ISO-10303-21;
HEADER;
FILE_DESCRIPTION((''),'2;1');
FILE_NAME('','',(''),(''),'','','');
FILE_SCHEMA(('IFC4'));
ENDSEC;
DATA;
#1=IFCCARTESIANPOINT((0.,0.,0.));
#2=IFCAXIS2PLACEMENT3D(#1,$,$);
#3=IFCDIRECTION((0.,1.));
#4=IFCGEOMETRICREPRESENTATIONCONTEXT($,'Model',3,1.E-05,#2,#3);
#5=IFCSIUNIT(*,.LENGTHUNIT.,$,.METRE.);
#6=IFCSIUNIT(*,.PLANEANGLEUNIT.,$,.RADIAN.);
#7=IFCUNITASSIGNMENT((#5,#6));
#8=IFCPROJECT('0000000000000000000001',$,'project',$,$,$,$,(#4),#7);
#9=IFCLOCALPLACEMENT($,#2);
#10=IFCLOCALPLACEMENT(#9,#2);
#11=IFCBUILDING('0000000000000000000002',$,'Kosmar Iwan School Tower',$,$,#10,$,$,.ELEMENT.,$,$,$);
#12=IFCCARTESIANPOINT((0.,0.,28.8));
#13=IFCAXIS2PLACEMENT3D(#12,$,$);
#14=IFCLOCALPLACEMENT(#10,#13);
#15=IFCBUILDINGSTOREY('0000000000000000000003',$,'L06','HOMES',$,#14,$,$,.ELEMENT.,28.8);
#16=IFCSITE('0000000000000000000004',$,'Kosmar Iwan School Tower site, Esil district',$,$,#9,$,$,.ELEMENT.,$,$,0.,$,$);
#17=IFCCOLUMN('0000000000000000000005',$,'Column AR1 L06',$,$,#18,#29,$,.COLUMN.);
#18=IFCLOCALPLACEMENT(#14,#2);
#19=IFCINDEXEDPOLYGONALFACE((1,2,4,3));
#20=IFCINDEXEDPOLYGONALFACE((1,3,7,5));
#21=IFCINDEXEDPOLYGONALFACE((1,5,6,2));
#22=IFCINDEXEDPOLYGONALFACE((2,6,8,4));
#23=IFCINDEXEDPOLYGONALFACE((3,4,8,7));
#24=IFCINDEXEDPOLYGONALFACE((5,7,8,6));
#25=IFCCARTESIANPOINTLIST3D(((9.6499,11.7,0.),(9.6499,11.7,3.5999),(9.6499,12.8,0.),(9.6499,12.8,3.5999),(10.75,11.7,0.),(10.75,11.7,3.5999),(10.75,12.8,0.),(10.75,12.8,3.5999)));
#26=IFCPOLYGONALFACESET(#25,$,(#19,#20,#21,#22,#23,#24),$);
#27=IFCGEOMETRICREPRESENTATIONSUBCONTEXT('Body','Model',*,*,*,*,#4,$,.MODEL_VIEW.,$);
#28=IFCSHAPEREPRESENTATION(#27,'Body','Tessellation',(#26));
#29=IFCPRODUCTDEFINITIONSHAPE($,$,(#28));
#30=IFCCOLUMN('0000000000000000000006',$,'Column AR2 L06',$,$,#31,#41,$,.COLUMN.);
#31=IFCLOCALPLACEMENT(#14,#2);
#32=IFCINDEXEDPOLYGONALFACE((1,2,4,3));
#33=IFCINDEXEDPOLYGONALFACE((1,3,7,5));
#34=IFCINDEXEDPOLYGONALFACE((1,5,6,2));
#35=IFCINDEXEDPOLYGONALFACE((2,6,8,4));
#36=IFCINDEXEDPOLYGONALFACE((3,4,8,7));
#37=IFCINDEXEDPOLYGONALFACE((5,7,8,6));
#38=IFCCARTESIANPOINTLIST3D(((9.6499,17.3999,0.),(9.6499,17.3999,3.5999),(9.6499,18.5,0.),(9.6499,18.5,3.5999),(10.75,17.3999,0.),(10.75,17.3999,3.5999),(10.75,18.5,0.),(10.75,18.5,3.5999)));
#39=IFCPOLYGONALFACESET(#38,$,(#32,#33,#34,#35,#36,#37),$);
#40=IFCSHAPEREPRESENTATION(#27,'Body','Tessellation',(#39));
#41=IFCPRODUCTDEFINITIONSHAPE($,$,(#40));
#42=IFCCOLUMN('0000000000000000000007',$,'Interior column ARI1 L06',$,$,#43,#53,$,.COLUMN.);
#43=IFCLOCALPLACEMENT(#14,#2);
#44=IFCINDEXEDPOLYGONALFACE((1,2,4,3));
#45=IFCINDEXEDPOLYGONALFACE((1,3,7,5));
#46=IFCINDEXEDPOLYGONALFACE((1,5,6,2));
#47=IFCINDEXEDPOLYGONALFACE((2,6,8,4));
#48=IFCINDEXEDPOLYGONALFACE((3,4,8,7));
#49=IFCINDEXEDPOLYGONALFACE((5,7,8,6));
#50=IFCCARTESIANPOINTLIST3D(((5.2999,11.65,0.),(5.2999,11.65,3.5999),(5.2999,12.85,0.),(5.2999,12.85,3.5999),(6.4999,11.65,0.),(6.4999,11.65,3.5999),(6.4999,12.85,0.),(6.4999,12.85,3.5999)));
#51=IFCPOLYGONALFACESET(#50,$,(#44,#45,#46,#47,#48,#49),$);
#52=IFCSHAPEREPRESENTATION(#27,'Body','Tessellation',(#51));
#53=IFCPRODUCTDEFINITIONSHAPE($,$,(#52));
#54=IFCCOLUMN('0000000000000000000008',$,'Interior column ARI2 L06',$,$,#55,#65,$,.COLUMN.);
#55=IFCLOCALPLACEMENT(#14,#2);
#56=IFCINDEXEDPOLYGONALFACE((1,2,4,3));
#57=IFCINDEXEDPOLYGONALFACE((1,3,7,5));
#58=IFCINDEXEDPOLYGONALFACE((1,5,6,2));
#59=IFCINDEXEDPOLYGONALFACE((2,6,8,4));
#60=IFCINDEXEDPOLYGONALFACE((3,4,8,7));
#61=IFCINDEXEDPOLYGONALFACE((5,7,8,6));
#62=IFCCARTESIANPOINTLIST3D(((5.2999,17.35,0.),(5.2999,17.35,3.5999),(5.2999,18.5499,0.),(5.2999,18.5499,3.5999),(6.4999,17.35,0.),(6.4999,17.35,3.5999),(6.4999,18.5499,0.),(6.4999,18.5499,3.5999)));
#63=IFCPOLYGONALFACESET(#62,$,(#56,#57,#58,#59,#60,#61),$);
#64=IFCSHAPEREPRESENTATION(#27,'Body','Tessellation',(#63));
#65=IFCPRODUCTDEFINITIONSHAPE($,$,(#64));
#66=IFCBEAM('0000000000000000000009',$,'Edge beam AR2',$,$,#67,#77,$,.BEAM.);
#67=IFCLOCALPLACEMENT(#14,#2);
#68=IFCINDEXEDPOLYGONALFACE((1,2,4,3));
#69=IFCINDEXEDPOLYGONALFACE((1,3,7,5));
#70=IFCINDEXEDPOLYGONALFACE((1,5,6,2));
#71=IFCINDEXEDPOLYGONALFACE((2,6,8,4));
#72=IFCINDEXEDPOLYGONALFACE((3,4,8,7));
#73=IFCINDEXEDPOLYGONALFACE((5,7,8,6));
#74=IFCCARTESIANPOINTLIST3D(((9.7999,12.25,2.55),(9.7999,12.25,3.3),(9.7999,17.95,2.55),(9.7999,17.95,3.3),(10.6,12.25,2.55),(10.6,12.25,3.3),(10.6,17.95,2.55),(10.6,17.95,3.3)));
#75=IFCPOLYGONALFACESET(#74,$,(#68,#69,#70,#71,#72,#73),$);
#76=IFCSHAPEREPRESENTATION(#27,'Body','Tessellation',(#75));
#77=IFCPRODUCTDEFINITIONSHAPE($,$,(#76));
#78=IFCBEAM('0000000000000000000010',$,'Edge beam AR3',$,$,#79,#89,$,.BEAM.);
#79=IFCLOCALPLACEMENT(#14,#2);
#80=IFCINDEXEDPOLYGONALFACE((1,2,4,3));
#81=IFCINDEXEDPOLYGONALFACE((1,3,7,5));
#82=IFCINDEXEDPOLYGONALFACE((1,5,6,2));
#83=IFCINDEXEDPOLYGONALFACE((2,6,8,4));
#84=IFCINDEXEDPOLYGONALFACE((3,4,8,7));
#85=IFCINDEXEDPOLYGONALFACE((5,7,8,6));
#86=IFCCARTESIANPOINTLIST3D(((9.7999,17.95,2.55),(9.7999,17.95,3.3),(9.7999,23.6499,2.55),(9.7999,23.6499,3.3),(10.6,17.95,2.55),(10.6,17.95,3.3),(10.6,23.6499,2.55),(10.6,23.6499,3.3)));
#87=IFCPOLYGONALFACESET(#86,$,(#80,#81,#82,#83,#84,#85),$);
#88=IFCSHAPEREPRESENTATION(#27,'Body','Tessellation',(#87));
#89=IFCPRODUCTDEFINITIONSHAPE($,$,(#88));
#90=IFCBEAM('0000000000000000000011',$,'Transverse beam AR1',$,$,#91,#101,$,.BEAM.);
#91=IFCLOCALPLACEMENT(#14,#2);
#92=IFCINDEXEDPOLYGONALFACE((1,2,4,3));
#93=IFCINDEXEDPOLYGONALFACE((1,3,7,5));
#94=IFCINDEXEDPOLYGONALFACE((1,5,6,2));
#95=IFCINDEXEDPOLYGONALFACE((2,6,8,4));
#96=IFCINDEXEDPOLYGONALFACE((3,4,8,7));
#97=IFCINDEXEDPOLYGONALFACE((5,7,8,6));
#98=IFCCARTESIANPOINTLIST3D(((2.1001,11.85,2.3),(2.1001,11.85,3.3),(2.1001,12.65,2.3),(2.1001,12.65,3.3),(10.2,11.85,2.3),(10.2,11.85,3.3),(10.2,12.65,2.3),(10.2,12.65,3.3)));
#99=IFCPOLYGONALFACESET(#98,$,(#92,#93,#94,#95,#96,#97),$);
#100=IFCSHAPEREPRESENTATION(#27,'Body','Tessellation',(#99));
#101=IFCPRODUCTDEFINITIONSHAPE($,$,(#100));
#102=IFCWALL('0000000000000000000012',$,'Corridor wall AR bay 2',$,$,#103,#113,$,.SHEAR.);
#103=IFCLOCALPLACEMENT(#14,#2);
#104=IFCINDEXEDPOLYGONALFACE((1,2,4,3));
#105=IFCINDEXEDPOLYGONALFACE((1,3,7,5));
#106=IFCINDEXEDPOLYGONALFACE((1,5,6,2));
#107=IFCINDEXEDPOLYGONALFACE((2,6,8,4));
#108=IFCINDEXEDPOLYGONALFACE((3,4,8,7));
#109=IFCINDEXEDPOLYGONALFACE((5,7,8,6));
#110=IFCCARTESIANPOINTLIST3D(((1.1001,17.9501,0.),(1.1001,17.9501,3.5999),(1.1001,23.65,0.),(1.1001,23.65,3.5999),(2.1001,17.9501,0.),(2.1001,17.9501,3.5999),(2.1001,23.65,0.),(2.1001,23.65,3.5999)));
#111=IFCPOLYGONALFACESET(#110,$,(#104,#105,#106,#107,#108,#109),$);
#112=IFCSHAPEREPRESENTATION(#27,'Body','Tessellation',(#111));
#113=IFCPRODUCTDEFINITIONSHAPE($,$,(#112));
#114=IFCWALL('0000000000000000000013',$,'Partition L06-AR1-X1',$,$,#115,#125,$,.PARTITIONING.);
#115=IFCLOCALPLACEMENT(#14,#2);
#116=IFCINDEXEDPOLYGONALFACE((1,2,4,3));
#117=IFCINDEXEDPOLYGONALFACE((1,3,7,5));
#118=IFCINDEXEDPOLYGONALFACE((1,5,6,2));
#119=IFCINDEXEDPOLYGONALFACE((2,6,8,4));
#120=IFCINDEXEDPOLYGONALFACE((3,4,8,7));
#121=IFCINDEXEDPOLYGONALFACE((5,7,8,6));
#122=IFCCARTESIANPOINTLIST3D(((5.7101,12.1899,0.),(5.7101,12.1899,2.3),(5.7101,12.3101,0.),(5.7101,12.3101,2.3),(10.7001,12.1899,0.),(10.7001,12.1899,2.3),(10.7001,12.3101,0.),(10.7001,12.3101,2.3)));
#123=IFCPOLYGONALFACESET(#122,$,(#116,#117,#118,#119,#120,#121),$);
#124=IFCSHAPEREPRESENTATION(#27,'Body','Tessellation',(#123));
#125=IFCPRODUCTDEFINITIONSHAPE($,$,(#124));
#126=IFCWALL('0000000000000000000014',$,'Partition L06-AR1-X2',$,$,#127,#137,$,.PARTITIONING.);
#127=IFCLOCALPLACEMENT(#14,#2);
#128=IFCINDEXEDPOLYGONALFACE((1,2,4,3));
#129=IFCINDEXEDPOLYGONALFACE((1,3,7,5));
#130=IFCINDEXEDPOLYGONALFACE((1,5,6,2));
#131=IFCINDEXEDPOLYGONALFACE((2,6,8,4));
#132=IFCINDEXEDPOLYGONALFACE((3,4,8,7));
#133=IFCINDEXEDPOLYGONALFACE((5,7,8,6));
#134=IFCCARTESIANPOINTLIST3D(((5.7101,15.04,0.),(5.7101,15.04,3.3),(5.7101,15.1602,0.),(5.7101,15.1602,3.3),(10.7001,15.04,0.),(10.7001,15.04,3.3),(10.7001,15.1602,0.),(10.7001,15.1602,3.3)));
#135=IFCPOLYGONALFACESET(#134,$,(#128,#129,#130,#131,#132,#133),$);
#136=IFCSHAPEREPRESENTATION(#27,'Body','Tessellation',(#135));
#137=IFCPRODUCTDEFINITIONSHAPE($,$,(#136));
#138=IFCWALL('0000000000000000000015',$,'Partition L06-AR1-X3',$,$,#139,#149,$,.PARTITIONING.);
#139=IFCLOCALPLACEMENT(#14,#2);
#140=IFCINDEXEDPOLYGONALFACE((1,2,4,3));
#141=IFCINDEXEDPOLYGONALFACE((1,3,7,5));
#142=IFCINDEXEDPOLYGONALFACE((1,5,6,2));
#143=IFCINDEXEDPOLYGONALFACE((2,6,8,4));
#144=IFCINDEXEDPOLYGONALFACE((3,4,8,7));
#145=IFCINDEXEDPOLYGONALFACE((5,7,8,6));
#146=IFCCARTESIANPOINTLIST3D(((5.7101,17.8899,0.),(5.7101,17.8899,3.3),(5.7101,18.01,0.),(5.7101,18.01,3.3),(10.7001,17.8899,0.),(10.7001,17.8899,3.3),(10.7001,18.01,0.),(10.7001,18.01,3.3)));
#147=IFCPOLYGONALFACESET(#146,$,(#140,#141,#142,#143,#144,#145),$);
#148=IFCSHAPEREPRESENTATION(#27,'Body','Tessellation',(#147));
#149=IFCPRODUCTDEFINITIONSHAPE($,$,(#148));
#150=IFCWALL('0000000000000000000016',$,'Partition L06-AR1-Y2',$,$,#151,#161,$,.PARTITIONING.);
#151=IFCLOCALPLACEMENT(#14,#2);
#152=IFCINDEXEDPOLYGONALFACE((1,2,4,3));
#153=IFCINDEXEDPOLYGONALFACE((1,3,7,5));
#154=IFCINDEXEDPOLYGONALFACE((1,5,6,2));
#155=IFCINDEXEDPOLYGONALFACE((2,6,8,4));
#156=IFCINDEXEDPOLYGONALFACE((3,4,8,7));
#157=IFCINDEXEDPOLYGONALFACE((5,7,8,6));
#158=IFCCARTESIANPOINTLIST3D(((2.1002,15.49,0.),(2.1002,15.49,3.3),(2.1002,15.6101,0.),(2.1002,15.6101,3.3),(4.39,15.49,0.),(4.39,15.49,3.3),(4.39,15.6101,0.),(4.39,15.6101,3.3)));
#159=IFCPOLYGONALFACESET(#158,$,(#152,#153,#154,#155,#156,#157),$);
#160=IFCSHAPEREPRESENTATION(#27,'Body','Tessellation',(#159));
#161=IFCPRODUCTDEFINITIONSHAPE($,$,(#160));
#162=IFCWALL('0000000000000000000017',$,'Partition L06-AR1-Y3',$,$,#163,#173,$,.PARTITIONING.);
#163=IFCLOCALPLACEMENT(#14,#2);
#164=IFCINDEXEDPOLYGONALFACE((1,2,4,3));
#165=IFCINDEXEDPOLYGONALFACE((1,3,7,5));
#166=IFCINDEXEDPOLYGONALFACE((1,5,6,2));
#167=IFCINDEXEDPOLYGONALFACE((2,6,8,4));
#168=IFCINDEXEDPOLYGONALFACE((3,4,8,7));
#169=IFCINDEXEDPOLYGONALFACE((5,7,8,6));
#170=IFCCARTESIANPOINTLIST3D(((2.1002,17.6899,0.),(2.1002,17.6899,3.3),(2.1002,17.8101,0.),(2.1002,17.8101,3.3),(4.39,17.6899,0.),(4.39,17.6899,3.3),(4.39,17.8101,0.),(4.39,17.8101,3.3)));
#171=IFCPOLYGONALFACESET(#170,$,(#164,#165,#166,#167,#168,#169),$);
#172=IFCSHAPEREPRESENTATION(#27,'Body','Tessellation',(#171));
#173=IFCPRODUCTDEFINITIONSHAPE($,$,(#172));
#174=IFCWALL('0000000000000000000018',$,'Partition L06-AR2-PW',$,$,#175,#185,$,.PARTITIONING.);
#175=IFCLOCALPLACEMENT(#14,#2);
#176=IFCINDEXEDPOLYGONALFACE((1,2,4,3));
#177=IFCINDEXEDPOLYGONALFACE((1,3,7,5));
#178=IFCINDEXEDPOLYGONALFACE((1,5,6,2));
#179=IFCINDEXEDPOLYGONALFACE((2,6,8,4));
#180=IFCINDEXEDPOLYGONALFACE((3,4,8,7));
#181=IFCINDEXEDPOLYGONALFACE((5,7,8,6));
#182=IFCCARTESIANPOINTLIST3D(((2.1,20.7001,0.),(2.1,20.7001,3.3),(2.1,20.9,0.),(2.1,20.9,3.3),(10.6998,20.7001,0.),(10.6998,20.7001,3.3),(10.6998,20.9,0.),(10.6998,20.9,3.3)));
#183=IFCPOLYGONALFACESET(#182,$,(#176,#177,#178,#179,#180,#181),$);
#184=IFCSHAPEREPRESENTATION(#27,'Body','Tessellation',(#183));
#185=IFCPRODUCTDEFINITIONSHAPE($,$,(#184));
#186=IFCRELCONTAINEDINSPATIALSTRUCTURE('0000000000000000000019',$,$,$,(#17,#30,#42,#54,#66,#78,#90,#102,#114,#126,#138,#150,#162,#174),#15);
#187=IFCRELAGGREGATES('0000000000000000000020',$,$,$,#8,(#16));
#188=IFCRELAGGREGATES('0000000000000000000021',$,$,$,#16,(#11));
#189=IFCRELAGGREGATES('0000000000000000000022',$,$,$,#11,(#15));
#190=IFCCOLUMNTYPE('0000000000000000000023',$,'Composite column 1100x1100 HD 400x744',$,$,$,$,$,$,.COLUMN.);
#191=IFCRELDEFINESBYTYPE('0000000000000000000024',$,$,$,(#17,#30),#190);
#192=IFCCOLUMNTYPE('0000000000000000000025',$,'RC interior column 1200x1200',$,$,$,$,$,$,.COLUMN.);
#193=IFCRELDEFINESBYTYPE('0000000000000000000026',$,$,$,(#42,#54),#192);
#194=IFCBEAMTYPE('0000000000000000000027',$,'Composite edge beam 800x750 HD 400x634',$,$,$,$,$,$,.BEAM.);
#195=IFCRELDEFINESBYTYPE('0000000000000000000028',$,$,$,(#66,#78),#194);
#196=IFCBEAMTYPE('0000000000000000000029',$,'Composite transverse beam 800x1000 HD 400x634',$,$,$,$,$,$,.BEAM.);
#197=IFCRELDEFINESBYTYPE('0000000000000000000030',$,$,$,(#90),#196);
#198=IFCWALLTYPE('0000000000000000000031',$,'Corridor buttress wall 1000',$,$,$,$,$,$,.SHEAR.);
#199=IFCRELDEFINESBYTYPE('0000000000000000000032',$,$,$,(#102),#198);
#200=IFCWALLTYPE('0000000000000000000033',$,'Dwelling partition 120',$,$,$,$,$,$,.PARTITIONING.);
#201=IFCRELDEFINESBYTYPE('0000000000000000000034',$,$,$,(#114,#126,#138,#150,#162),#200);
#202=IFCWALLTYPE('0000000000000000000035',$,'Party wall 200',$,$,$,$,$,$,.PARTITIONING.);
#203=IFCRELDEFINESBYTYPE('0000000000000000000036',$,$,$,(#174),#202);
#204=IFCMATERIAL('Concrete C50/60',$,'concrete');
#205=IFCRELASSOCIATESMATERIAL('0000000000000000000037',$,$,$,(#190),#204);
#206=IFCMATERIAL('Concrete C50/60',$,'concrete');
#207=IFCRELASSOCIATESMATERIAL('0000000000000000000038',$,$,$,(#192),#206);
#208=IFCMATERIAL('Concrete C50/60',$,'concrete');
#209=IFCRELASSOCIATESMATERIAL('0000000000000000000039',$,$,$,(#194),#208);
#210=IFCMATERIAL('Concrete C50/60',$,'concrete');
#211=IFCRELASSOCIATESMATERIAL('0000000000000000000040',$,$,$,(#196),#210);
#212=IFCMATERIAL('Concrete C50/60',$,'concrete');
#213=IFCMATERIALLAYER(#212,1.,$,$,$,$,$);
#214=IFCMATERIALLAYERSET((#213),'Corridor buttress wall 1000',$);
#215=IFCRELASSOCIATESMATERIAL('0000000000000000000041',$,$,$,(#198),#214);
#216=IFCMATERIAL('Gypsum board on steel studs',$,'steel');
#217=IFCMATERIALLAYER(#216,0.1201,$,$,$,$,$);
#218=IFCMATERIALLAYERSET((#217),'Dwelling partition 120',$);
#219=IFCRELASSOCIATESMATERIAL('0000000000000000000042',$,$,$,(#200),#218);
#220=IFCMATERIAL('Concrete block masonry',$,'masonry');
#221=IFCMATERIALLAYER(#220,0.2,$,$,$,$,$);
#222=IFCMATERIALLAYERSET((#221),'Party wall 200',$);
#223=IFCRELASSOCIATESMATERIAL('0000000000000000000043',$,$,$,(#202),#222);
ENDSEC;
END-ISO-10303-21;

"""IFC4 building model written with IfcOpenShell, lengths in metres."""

from ifc_helpers import new_model, si_unit, direction, frame, frame_2d, origin, origin_2d, place, context, subcontext, project, spatial, rectangle, extrude, material, layer, layer_set, material_profile, profile_set, type_object, element, save


model = new_model("IFC4")

# Units and contexts
model_context = context("Model", 3, precision=1e-05, world=origin(), true_north=direction((0.0, 1.0)))
body_context = subcontext(model_context, "Body", "Model", "MODEL_VIEW")
ifc_project = project(units=[si_unit("LENGTHUNIT", "METRE"), si_unit("PLANEANGLEUNIT", "RADIAN")], contexts=[model_context])

# Site, building, storey
site_placement = place(None, origin())
site = spatial("IfcSite", under=ifc_project, at=site_placement, Name="Kosmar Iwan School Tower site, Esil district", CompositionType="ELEMENT", RefElevation=0.0)
building_placement = place(site_placement, origin())
building = spatial("IfcBuilding", under=site, at=building_placement, Name="Kosmar Iwan School Tower", CompositionType="ELEMENT")
storey_placement = place(building_placement, frame((0.0, 0.0, 28.8)))
storey = spatial("IfcBuildingStorey", under=building, at=storey_placement, Name="L06", Description="HOMES", CompositionType="ELEMENT", Elevation=28.8)

# Columns
ifc_material_1 = material(Name="Concrete C50/60", Category="concrete")
ifc_material_profile_1 = material_profile(ifc_material_1, rectangle(XDim=1.1001, YDim=1.1001, at=origin_2d()), Name="RC 1100x1100 + HD 400x744")
ifc_profile_set_1 = profile_set([ifc_material_profile_1], Name="Concrete C50/60")
column_type_1 = type_object("IfcColumnType", Name="Composite column 1100x1100 HD 400x744", PredefinedType="COLUMN", material=ifc_profile_set_1)
for number, where, z_axis, x_axis, name in (
    (1, (10.2, 12.25, 0.0), (0.0, 0.0, 1.0), (0.0, 1.0, 0.0), "Column AR1 L06"),
    (2, (10.2, 17.95, 0.0), (0.0, 0.0, 1.0), (0.0, 1.0, 0.0), "Column AR2 L06"),
):
    element("IfcColumn", number, at=place(storey_placement, frame(where, z_axis=z_axis, x_axis=x_axis)), inside=storey, type_object=column_type_1, Name=name, PredefinedType="COLUMN", context=body_context, shape_type="SweptSolid", body=[
        extrude(rectangle(XDim=1.1001, YDim=1.1001, at=origin_2d()), origin(), (0.0, 0.0, 1.0), 3.5999),
    ])
ifc_material_2 = material(Name="Concrete C50/60", Category="concrete")
ifc_material_profile_2 = material_profile(ifc_material_2, rectangle(XDim=1.2, YDim=1.2, at=origin_2d()), Name="RC 1200x1200")
ifc_profile_set_2 = profile_set([ifc_material_profile_2], Name="Concrete C50/60")
column_type_2 = type_object("IfcColumnType", Name="RC interior column 1200x1200", PredefinedType="COLUMN", material=ifc_profile_set_2)
for number, where, z_axis, x_axis, name in (
    (3, (5.8999, 12.25, 0.0), (0.0, 0.0, 1.0), (0.0, 1.0, 0.0), "Interior column ARI1 L06"),
    (4, (5.8999, 17.95, 0.0), (0.0, 0.0, 1.0), (0.0, 1.0, 0.0), "Interior column ARI2 L06"),
):
    element("IfcColumn", number, at=place(storey_placement, frame(where, z_axis=z_axis, x_axis=x_axis)), inside=storey, type_object=column_type_2, Name=name, PredefinedType="COLUMN", context=body_context, shape_type="SweptSolid", body=[
        extrude(rectangle(XDim=1.2, YDim=1.2, at=origin_2d()), origin(), (0.0, 0.0, 1.0), 3.5999),
    ])

# Beams
ifc_material_3 = material(Name="Concrete C50/60", Category="concrete")
ifc_material_profile_3 = material_profile(ifc_material_3, rectangle(XDim=0.8, YDim=0.75, at=origin_2d()), Name="RC 800x750 + HD 400x634")
ifc_profile_set_3 = profile_set([ifc_material_profile_3], Name="Concrete C50/60")
beam_type_1 = type_object("IfcBeamType", Name="Composite edge beam 800x750 HD 400x634", PredefinedType="BEAM", material=ifc_profile_set_3)
for number, where, z_axis, x_axis, name in (
    (5, (10.2, 12.25, 2.925), (0.0, 1.0, 0.0), (-1.0, 0.0, 0.0), "Edge beam AR2"),
    (6, (10.2, 17.95, 2.925), (0.0, 1.0, 0.0), (-1.0, 0.0, 0.0), "Edge beam AR3"),
):
    element("IfcBeam", number, at=place(storey_placement, frame(where, z_axis=z_axis, x_axis=x_axis)), inside=storey, type_object=beam_type_1, Name=name, PredefinedType="BEAM", context=body_context, shape_type="SweptSolid", body=[
        extrude(rectangle(XDim=0.8, YDim=0.75, at=origin_2d()), origin(), (0.0, 0.0, 1.0), 5.7),
    ])
ifc_material_4 = material(Name="Concrete C50/60", Category="concrete")
ifc_material_profile_4 = material_profile(ifc_material_4, rectangle(XDim=0.8, YDim=1.0, at=origin_2d()), Name="RC 800x1000 + HD 400x634")
ifc_profile_set_4 = profile_set([ifc_material_profile_4], Name="Concrete C50/60")
beam_type_2 = type_object("IfcBeamType", Name="Composite transverse beam 800x1000 HD 400x634", PredefinedType="BEAM", material=ifc_profile_set_4)
beam_placement = place(storey_placement, frame((10.2, 12.25, 2.8), z_axis=(-1.0, 0.0, 0.0), x_axis=(0.0, -1.0, 0.0)))
element("IfcBeam", 7, at=beam_placement, inside=storey, type_object=beam_type_2, Name="Transverse beam AR1", PredefinedType="BEAM", context=body_context, shape_type="SweptSolid", body=[
    extrude(rectangle(XDim=0.8, YDim=1.0, at=origin_2d()), origin(), (0.0, 0.0, 1.0), 8.0999),
])

# Walls
ifc_material_5 = material(Name="Concrete C50/60", Category="concrete")
ifc_layer_1 = layer(ifc_material_5, 1.0)
ifc_layer_set_1 = layer_set([ifc_layer_1], Name="Corridor buttress wall 1000")
wall_type_1 = type_object("IfcWallType", Name="Corridor buttress wall 1000", PredefinedType="SHEAR", material=ifc_layer_set_1)
wall_1_placement = place(storey_placement, frame((1.6001, 17.95, 0.0), z_axis=(0.0, 0.0, 1.0), x_axis=(0.0, 1.0, 0.0)))
element("IfcWall", 8, at=wall_1_placement, inside=storey, type_object=wall_type_1, Name="Corridor wall AR bay 2", PredefinedType="SHEAR", context=body_context, shape_type="SweptSolid", body=[
    extrude(rectangle(XDim=5.7, YDim=1.0, at=frame_2d((2.8501, 0.0))), origin(), (0.0, 0.0, 1.0), 3.5999),
])
ifc_material_6 = material(Name="Gypsum board on steel studs", Category="steel")
ifc_layer_2 = layer(ifc_material_6, 0.1201)
ifc_layer_set_2 = layer_set([ifc_layer_2], Name="Dwelling partition 120")
wall_type_2 = type_object("IfcWallType", Name="Dwelling partition 120", PredefinedType="PARTITIONING", material=ifc_layer_set_2)
wall_2_placement = place(storey_placement, frame((5.71, 12.25, 0.0), z_axis=(0.0, 0.0, 1.0), x_axis=(1.0, 0.0, 0.0)))
element("IfcWall", 9, at=wall_2_placement, inside=storey, type_object=wall_type_2, Name="Partition L06-AR1-X1", PredefinedType="PARTITIONING", context=body_context, shape_type="SweptSolid", body=[
    extrude(rectangle(XDim=4.99, YDim=0.1201, at=frame_2d((2.4951, 0.0))), origin(), (0.0, 0.0, 1.0), 2.3),
])
for number, where, z_axis, x_axis, name in (
    (10, (5.71, 15.1001, 0.0), (0.0, 0.0, 1.0), (1.0, 0.0, 0.0), "Partition L06-AR1-X2"),
    (11, (5.71, 17.95, 0.0), (0.0, 0.0, 1.0), (1.0, 0.0, 0.0), "Partition L06-AR1-X3"),
):
    element("IfcWall", number, at=place(storey_placement, frame(where, z_axis=z_axis, x_axis=x_axis)), inside=storey, type_object=wall_type_2, Name=name, PredefinedType="PARTITIONING", context=body_context, shape_type="SweptSolid", body=[
        extrude(rectangle(XDim=4.99, YDim=0.1201, at=frame_2d((2.4951, 0.0))), origin(), (0.0, 0.0, 1.0), 3.3),
    ])
for number, where, z_axis, x_axis, name in (
    (12, (2.1001, 15.55, 0.0), (0.0, 0.0, 1.0), (1.0, 0.0, 0.0), "Partition L06-AR1-Y2"),
    (13, (2.1001, 17.75, 0.0), (0.0, 0.0, 1.0), (1.0, 0.0, 0.0), "Partition L06-AR1-Y3"),
):
    element("IfcWall", number, at=place(storey_placement, frame(where, z_axis=z_axis, x_axis=x_axis)), inside=storey, type_object=wall_type_2, Name=name, PredefinedType="PARTITIONING", context=body_context, shape_type="SweptSolid", body=[
        extrude(rectangle(XDim=2.2898, YDim=0.1201, at=frame_2d((1.145, 0.0))), origin(), (0.0, 0.0, 1.0), 3.3),
    ])
ifc_material_7 = material(Name="Concrete block masonry", Category="masonry")
ifc_layer_3 = layer(ifc_material_7, 0.2)
ifc_layer_set_3 = layer_set([ifc_layer_3], Name="Party wall 200")
wall_type_3 = type_object("IfcWallType", Name="Party wall 200", PredefinedType="PARTITIONING", material=ifc_layer_set_3)
wall_3_placement = place(storey_placement, frame((2.1001, 20.8, 0.0), z_axis=(0.0, 0.0, 1.0), x_axis=(1.0, 0.0, 0.0)))
element("IfcWall", 14, at=wall_3_placement, inside=storey, type_object=wall_type_3, Name="Partition L06-AR2-PW", PredefinedType="PARTITIONING", context=body_context, shape_type="SweptSolid", body=[
    extrude(rectangle(XDim=8.5999, YDim=0.2, at=frame_2d((4.2998, 0.0))), origin(), (0.0, 0.0, 1.0), 3.3),
])

save(model, "model.ifc")
